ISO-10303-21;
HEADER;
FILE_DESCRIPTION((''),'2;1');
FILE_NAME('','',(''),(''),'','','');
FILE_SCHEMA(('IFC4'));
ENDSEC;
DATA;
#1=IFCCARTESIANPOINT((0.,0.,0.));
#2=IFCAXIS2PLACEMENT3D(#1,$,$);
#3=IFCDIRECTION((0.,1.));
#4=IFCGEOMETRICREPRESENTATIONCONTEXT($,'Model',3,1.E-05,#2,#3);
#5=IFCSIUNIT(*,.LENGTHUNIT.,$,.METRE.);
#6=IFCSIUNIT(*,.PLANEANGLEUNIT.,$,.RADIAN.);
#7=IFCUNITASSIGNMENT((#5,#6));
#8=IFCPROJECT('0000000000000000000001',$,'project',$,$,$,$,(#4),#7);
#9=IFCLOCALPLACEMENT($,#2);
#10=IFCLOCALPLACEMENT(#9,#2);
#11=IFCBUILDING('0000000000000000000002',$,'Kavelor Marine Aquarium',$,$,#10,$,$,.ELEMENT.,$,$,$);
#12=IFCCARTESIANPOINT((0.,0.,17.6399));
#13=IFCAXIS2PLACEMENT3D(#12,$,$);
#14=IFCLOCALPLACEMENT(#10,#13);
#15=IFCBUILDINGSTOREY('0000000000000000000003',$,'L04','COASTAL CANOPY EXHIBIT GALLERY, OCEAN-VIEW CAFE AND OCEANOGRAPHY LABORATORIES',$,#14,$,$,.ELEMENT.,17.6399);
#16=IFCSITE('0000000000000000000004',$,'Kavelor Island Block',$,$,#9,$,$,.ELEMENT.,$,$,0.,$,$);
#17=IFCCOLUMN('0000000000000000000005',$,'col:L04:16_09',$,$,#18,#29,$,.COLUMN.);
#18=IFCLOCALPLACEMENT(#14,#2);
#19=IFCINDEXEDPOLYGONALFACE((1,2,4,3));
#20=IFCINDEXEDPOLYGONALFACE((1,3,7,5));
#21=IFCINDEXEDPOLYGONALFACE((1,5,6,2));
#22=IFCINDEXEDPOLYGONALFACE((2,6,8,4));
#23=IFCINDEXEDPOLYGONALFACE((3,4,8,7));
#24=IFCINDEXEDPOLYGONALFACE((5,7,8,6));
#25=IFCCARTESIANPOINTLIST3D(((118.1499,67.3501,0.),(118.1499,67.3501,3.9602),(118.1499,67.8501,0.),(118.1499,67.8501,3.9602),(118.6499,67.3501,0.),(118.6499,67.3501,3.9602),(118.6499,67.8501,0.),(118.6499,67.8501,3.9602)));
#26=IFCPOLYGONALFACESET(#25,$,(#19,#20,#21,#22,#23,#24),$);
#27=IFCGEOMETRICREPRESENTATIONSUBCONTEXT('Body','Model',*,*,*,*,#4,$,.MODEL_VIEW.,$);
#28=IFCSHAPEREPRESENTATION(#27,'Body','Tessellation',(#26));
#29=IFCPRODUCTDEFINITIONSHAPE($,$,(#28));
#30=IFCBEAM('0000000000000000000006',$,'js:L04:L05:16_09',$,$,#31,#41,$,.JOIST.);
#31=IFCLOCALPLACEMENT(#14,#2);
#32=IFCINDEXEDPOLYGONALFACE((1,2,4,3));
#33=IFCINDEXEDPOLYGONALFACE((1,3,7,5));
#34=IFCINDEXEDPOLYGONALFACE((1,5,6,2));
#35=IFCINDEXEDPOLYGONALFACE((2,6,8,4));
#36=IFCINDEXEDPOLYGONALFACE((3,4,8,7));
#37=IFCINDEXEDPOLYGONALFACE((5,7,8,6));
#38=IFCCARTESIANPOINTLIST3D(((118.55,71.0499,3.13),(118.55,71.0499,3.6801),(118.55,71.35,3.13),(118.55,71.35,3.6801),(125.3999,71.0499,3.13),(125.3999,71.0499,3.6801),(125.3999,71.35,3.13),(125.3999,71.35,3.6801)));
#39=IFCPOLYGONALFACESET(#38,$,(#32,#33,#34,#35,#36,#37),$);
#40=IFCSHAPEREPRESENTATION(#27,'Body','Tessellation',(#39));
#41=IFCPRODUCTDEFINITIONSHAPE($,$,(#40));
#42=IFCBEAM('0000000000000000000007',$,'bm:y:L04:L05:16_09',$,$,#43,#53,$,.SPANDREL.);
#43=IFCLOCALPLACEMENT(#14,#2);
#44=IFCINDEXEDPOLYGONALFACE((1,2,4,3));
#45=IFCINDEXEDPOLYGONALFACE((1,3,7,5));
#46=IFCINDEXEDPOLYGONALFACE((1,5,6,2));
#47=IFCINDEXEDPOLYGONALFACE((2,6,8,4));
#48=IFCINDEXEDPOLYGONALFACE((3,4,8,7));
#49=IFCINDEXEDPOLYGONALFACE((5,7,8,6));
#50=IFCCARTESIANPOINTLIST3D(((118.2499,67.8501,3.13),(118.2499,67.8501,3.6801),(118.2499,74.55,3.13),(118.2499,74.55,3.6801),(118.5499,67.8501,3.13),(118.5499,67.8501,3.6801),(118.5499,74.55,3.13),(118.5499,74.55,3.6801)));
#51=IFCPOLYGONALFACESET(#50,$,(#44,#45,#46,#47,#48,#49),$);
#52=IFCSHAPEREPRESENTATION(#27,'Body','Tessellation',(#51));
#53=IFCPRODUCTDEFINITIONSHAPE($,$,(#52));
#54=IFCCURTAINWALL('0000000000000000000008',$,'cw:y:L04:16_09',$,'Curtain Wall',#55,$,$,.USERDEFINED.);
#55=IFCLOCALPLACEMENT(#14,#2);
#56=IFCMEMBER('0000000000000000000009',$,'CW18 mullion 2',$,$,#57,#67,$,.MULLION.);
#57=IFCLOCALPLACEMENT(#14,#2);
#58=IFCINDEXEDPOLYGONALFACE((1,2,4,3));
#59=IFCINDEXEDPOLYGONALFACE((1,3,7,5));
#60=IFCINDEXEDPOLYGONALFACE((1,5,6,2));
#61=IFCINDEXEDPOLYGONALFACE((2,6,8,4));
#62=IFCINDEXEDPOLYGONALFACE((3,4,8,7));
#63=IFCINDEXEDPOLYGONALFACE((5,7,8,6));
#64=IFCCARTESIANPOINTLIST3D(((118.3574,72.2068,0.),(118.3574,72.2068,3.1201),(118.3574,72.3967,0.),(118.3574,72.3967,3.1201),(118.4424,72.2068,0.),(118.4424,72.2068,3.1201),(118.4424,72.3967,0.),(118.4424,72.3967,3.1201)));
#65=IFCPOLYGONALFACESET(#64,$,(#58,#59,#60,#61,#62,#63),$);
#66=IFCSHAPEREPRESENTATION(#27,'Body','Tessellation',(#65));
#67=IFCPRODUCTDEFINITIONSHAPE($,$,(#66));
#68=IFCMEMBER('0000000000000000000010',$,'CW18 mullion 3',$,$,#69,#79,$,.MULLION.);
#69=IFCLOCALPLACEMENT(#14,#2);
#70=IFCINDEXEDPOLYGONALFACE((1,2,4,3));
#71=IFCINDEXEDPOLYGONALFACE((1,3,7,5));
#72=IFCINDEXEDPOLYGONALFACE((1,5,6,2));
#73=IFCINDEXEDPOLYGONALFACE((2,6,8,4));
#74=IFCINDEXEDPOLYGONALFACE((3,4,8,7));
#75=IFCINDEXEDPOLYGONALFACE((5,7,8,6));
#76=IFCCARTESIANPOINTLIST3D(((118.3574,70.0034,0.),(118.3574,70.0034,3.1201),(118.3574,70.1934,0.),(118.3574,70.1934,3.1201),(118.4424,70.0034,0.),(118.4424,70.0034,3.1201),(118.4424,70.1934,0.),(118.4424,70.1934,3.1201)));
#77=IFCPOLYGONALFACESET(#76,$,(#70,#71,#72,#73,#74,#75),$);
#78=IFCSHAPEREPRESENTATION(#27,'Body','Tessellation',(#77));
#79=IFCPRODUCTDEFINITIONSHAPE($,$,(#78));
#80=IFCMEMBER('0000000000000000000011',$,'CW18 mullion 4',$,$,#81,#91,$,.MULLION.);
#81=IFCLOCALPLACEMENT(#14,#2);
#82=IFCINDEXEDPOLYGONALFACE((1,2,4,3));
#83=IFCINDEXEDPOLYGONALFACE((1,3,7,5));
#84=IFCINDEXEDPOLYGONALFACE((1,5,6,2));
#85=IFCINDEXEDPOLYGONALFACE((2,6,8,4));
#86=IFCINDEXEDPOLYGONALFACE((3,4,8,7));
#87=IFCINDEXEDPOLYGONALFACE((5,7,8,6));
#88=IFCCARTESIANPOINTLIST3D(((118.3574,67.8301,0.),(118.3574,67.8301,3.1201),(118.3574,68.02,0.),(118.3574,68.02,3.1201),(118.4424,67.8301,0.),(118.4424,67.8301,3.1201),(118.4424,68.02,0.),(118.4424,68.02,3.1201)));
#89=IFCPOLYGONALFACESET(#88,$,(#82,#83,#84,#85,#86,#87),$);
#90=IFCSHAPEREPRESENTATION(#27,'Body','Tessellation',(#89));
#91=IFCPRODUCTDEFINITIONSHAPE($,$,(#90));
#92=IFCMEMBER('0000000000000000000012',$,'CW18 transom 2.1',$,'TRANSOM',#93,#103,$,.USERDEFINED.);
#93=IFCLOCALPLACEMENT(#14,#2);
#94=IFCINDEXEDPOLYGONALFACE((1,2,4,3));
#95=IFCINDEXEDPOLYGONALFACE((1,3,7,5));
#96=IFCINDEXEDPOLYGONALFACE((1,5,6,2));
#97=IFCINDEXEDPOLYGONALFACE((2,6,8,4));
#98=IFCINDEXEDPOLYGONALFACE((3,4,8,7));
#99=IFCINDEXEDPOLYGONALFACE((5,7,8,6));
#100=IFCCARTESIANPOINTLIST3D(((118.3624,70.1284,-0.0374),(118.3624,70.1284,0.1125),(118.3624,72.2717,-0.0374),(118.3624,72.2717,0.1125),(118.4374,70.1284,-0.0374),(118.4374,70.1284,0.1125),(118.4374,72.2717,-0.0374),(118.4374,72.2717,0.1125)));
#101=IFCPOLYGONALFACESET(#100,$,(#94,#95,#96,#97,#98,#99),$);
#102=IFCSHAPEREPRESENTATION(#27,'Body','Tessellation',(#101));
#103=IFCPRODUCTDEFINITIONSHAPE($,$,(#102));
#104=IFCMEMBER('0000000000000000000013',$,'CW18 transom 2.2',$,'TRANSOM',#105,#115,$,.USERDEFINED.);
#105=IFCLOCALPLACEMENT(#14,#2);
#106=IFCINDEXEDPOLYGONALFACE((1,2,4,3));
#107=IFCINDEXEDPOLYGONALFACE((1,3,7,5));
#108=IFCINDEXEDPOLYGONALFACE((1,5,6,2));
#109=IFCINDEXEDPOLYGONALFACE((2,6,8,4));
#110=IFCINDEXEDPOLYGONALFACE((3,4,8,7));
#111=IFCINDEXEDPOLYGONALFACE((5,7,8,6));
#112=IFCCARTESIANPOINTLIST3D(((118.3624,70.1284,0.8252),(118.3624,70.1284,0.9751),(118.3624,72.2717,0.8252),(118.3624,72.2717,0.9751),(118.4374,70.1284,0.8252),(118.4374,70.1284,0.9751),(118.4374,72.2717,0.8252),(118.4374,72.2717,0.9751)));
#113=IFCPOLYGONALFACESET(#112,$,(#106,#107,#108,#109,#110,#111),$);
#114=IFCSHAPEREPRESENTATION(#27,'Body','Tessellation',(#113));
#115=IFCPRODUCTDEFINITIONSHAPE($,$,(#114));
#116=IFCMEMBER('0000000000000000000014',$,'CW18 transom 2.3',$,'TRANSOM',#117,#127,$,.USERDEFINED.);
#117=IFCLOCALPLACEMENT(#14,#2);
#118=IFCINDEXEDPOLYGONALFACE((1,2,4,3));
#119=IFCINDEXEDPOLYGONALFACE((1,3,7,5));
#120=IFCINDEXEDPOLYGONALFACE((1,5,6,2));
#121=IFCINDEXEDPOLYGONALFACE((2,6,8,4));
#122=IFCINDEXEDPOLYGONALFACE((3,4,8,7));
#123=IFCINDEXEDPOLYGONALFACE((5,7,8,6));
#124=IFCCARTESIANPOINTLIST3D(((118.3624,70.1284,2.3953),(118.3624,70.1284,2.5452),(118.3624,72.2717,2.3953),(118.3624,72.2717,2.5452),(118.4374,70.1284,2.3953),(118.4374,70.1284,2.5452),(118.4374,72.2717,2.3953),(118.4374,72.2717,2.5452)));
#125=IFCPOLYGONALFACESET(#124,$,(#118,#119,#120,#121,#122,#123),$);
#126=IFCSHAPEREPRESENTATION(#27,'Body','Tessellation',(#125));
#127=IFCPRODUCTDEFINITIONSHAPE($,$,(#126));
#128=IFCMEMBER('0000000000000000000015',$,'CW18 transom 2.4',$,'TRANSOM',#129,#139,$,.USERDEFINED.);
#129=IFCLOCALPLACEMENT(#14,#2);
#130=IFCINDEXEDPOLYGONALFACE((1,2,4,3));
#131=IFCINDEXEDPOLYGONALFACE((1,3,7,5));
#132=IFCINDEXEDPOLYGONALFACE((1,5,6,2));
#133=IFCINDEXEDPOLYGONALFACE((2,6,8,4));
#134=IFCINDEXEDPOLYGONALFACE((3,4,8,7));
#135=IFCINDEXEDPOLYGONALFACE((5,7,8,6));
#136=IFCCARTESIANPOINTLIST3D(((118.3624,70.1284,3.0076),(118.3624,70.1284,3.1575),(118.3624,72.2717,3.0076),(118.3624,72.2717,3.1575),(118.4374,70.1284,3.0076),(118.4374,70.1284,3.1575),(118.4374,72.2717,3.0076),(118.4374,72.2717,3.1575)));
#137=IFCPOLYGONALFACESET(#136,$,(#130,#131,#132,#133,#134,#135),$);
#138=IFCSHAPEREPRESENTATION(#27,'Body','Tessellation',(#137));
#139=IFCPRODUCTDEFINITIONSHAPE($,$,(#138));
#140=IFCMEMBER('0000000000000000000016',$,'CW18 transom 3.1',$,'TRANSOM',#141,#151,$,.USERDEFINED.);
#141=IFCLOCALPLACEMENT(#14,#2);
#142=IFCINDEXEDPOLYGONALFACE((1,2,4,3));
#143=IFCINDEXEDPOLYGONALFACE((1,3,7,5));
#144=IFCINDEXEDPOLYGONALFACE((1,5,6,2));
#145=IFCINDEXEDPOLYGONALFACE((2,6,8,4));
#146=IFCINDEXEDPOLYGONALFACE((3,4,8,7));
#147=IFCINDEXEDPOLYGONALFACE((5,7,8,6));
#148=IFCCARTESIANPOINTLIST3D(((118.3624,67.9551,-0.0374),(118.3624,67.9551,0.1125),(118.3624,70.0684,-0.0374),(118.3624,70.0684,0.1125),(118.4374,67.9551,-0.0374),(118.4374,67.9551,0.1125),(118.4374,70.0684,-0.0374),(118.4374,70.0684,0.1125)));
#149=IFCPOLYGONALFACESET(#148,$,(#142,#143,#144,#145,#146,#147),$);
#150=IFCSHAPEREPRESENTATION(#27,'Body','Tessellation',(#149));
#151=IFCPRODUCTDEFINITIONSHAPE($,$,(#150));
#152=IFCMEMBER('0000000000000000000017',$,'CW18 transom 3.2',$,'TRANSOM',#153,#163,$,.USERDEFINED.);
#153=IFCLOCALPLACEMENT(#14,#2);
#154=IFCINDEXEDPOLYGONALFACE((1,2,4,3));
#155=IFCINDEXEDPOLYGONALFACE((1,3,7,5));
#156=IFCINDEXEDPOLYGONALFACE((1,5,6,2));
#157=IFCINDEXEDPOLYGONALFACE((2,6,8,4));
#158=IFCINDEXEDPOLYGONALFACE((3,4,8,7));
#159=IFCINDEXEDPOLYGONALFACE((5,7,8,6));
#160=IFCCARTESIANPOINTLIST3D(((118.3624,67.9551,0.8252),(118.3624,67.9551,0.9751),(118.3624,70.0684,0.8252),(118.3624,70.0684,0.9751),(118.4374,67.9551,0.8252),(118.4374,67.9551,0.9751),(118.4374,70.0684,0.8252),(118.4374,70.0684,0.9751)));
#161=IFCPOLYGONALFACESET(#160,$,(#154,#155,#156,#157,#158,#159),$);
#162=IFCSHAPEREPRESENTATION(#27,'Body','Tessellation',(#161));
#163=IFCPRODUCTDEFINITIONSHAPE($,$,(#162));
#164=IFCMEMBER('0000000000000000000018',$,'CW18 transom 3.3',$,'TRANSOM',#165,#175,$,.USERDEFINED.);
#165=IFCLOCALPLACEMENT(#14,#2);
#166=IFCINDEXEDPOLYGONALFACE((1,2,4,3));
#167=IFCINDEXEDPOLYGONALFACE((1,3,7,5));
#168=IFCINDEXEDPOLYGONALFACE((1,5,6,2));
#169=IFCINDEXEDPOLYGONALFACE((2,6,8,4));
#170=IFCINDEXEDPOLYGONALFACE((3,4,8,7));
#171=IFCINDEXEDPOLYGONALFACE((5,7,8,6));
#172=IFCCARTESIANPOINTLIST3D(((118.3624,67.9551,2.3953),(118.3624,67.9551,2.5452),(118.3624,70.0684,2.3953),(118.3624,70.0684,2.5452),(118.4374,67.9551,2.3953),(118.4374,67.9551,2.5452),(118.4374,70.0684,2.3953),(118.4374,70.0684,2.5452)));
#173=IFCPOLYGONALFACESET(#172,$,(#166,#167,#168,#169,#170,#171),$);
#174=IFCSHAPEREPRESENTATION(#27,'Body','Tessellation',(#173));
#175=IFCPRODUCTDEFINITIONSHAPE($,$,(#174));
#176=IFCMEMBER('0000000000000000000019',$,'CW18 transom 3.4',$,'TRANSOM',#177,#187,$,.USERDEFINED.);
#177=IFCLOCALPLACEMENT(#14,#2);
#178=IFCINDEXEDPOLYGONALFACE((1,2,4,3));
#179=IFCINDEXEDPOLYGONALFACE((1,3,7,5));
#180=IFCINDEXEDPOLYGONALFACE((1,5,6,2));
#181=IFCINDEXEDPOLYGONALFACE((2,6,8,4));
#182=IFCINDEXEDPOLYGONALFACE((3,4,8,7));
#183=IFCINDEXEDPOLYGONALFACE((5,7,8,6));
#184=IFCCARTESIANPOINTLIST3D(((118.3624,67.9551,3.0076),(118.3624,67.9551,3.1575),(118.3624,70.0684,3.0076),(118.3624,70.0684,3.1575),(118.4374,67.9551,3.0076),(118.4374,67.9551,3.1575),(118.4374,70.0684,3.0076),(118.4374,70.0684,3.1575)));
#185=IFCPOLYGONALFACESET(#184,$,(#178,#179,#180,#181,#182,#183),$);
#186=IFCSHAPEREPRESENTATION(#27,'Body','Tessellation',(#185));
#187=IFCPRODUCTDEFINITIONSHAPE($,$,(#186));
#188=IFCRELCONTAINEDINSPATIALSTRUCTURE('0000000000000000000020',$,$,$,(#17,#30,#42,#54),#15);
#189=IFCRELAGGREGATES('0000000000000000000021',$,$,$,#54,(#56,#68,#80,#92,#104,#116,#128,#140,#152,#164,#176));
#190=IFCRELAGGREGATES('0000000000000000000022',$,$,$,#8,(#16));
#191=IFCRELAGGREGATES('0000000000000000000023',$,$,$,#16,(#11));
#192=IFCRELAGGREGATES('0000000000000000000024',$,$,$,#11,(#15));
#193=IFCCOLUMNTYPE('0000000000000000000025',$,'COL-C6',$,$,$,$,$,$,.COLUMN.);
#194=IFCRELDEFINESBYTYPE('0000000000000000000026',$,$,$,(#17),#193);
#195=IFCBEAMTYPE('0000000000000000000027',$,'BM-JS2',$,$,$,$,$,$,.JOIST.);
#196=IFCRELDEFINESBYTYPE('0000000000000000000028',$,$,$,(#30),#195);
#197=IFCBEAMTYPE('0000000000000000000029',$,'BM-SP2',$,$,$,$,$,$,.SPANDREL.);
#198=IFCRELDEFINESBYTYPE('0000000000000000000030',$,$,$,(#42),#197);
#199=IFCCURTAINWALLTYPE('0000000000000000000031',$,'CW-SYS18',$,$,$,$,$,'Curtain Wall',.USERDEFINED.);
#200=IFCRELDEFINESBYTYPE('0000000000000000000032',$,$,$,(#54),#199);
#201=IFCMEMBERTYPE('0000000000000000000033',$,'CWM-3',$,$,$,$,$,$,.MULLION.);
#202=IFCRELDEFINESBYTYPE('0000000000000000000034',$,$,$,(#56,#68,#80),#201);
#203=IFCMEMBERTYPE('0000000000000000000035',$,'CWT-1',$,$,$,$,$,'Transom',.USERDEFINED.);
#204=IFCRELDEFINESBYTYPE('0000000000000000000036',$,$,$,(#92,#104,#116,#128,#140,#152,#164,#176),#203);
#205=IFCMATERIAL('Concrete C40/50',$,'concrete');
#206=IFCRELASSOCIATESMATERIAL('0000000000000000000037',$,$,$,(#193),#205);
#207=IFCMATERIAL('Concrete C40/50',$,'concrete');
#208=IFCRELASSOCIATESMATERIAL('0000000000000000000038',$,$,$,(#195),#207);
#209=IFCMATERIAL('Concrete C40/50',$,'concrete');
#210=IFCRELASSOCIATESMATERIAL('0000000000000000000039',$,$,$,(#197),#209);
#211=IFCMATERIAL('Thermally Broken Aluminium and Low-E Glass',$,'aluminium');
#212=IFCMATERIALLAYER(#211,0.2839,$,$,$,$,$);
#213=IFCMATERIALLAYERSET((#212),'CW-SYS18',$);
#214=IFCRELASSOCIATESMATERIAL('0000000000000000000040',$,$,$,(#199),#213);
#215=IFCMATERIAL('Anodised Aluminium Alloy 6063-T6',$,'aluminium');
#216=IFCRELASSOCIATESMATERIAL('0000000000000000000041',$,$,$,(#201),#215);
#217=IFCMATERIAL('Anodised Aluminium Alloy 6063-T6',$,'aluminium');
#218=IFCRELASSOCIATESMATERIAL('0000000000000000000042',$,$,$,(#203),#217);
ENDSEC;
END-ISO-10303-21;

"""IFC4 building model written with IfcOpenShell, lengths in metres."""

from ifc_helpers import new_model, si_unit, direction, frame, origin, origin_2d, place, context, subcontext, project, spatial, rectangle, extrude, material, layer, layer_set, material_profile, profile_set, type_object, element, aggregate, save


model = new_model("IFC4")

# Units and contexts
model_context = context("Model", 3, precision=1e-05, world=origin(), true_north=direction((0.0, 1.0)))
body_context = subcontext(model_context, "Body", "Model", "MODEL_VIEW")
ifc_project = project(units=[si_unit("LENGTHUNIT", "METRE"), si_unit("PLANEANGLEUNIT", "RADIAN")], contexts=[model_context])

# Site, building, storey
site_placement = place(None, origin())
site = spatial("IfcSite", under=ifc_project, at=site_placement, Name="Kavelor Island Block", CompositionType="ELEMENT", RefElevation=0.0)
building_placement = place(site_placement, origin())
building = spatial("IfcBuilding", under=site, at=building_placement, Name="Kavelor Marine Aquarium", CompositionType="ELEMENT")
storey_placement = place(building_placement, frame((0.0, 0.0, 17.6399)))
storey = spatial("IfcBuildingStorey", under=building, at=storey_placement, Name="L04", Description="COASTAL CANOPY EXHIBIT GALLERY, OCEAN-VIEW CAFE AND OCEANOGRAPHY LABORATORIES", CompositionType="ELEMENT", Elevation=17.6399)

# Column
ifc_material_1 = material(Name="Concrete C40/50", Category="concrete")
ifc_material_profile_1 = material_profile(ifc_material_1, rectangle(XDim=0.5, YDim=0.5, at=origin_2d()), Name="RC-COL 500x500")
ifc_profile_set_1 = profile_set([ifc_material_profile_1], Name="Concrete C40/50")
column_type = type_object("IfcColumnType", Name="COL-C6", PredefinedType="COLUMN", material=ifc_profile_set_1)
column_placement = place(storey_placement, frame((118.3999, 67.6001, 0.0), z_axis=(0.0, 0.0, 1.0), x_axis=(1.0, 0.0, 0.0)))
element("IfcColumn", 1, at=column_placement, inside=storey, type_object=column_type, Name="col:L04:16_09", PredefinedType="COLUMN", context=body_context, shape_type="SweptSolid", body=[
    extrude(rectangle(XDim=0.5, YDim=0.5, at=origin_2d()), origin(), (0.0, 0.0, 1.0), 3.9602),
])

# Beams
ifc_material_2 = material(Name="Concrete C40/50", Category="concrete")
ifc_material_profile_2 = material_profile(ifc_material_2, rectangle(XDim=0.3, YDim=0.55, at=origin_2d()), Name="RC-JS 300x550")
ifc_profile_set_2 = profile_set([ifc_material_profile_2], Name="Concrete C40/50")
beam_type_1 = type_object("IfcBeamType", Name="BM-JS2", PredefinedType="JOIST", material=ifc_profile_set_2)
beam_1_placement = place(storey_placement, frame((118.55, 71.2, 3.405), z_axis=(1.0, 0.0, 0.0), x_axis=(0.0, 1.0, 0.0)))
element("IfcBeam", 2, at=beam_1_placement, inside=storey, type_object=beam_type_1, Name="js:L04:L05:16_09", PredefinedType="JOIST", context=body_context, shape_type="SweptSolid", body=[
    extrude(rectangle(XDim=0.3, YDim=0.55, at=origin_2d()), origin(), (0.0, 0.0, 1.0), 6.8499),
])
ifc_material_3 = material(Name="Concrete C40/50", Category="concrete")
ifc_material_profile_3 = material_profile(ifc_material_3, rectangle(XDim=0.3, YDim=0.55, at=origin_2d()), Name="RC-SP 300x550")
ifc_profile_set_3 = profile_set([ifc_material_profile_3], Name="Concrete C40/50")
beam_type_2 = type_object("IfcBeamType", Name="BM-SP2", PredefinedType="SPANDREL", material=ifc_profile_set_3)
beam_2_placement = place(storey_placement, frame((118.3999, 67.8501, 3.405), z_axis=(0.0, 1.0, 0.0), x_axis=(-1.0, 0.0, 0.0)))
element("IfcBeam", 3, at=beam_2_placement, inside=storey, type_object=beam_type_2, Name="bm:y:L04:L05:16_09", PredefinedType="SPANDREL", context=body_context, shape_type="SweptSolid", body=[
    extrude(rectangle(XDim=0.3, YDim=0.55, at=origin_2d()), origin(), (0.0, 0.0, 1.0), 6.7),
])

# Curtain wall, members
ifc_material_4 = material(Name="Thermally Broken Aluminium and Low-E Glass", Category="aluminium")
ifc_layer_1 = layer(ifc_material_4, 0.2839)
ifc_layer_set_1 = layer_set([ifc_layer_1], Name="CW-SYS18")
curtain_wall_type = type_object("IfcCurtainWallType", Name="CW-SYS18", ElementType="Curtain Wall", PredefinedType="USERDEFINED", material=ifc_layer_set_1)
curtain_wall_placement = place(storey_placement, origin())
curtain_wall = element("IfcCurtainWall", 4, at=curtain_wall_placement, inside=storey, type_object=curtain_wall_type, Name="cw:y:L04:16_09", ObjectType="Curtain Wall", PredefinedType="USERDEFINED")
ifc_material_5 = material(Name="Anodised Aluminium Alloy 6063-T6", Category="aluminium")
ifc_material_profile_4 = material_profile(ifc_material_5, rectangle(XDim=0.085, YDim=0.1899, at=origin_2d()), Name="CW-MUL 85x190")
ifc_profile_set_4 = profile_set([ifc_material_profile_4], Name="Anodised Aluminium Alloy 6063-T6")
member_type_1 = type_object("IfcMemberType", Name="CWM-3", PredefinedType="MULLION", material=ifc_profile_set_4)
member_1_placement = place(storey_placement, frame((118.3999, 72.3018, 0.0), z_axis=(0.0, 0.0, 1.0), x_axis=(1.0, 0.0, 0.0)))
member_1 = element("IfcMember", 5, at=member_1_placement, type_object=member_type_1, Name="CW18 mullion 2", PredefinedType="MULLION", context=body_context, shape_type="SweptSolid", body=[
    extrude(rectangle(XDim=0.085, YDim=0.1899, at=origin_2d()), origin(), (0.0, 0.0, 1.0), 3.1201),
])
member_2_placement = place(storey_placement, frame((118.3999, 70.0984, 0.0), z_axis=(0.0, 0.0, 1.0), x_axis=(1.0, 0.0, 0.0)))
member_2 = element("IfcMember", 6, at=member_2_placement, type_object=member_type_1, Name="CW18 mullion 3", PredefinedType="MULLION", context=body_context, shape_type="SweptSolid", body=[
    extrude(rectangle(XDim=0.085, YDim=0.1899, at=origin_2d()), origin(), (0.0, 0.0, 1.0), 3.1201),
])
member_3_placement = place(storey_placement, frame((118.3999, 67.925, 0.0), z_axis=(0.0, 0.0, 1.0), x_axis=(1.0, 0.0, 0.0)))
member_3 = element("IfcMember", 7, at=member_3_placement, type_object=member_type_1, Name="CW18 mullion 4", PredefinedType="MULLION", context=body_context, shape_type="SweptSolid", body=[
    extrude(rectangle(XDim=0.085, YDim=0.1899, at=origin_2d()), origin(), (0.0, 0.0, 1.0), 3.1201),
])
ifc_material_6 = material(Name="Anodised Aluminium Alloy 6063-T6", Category="aluminium")
ifc_material_profile_5 = material_profile(ifc_material_6, rectangle(XDim=0.075, YDim=0.1499, at=origin_2d()), Name="CW-TRN 75x150")
ifc_profile_set_5 = profile_set([ifc_material_profile_5], Name="Anodised Aluminium Alloy 6063-T6")
member_type_2 = type_object("IfcMemberType", Name="CWT-1", ElementType="Transom", PredefinedType="USERDEFINED", material=ifc_profile_set_5)
member_4_placement = place(storey_placement, frame((118.3999, 72.2717, 0.0376), z_axis=(0.0, -1.0, 0.0), x_axis=(1.0, 0.0, 0.0)))
member_4 = element("IfcMember", 8, at=member_4_placement, type_object=member_type_2, Name="CW18 transom 2.1", ObjectType="TRANSOM", PredefinedType="USERDEFINED", context=body_context, shape_type="SweptSolid", body=[
    extrude(rectangle(XDim=0.075, YDim=0.1499, at=origin_2d()), origin(), (0.0, 0.0, 1.0), 2.1433),
])
member_5_placement = place(storey_placement, frame((118.3999, 72.2717, 0.9001), z_axis=(0.0, -1.0, 0.0), x_axis=(1.0, 0.0, 0.0)))
member_5 = element("IfcMember", 9, at=member_5_placement, type_object=member_type_2, Name="CW18 transom 2.2", ObjectType="TRANSOM", PredefinedType="USERDEFINED", context=body_context, shape_type="SweptSolid", body=[
    extrude(rectangle(XDim=0.075, YDim=0.1499, at=origin_2d()), origin(), (0.0, 0.0, 1.0), 2.1433),
])
member_6_placement = place(storey_placement, frame((118.3999, 72.2717, 2.4702), z_axis=(0.0, -1.0, 0.0), x_axis=(1.0, 0.0, 0.0)))
member_6 = element("IfcMember", 10, at=member_6_placement, type_object=member_type_2, Name="CW18 transom 2.3", ObjectType="TRANSOM", PredefinedType="USERDEFINED", context=body_context, shape_type="SweptSolid", body=[
    extrude(rectangle(XDim=0.075, YDim=0.1499, at=origin_2d()), origin(), (0.0, 0.0, 1.0), 2.1433),
])
member_7_placement = place(storey_placement, frame((118.3999, 72.2717, 3.0825), z_axis=(0.0, -1.0, 0.0), x_axis=(1.0, 0.0, 0.0)))
member_7 = element("IfcMember", 11, at=member_7_placement, type_object=member_type_2, Name="CW18 transom 2.4", ObjectType="TRANSOM", PredefinedType="USERDEFINED", context=body_context, shape_type="SweptSolid", body=[
    extrude(rectangle(XDim=0.075, YDim=0.1499, at=origin_2d()), origin(), (0.0, 0.0, 1.0), 2.1433),
])
member_8_placement = place(storey_placement, frame((118.3999, 70.0684, 0.0376), z_axis=(0.0, -1.0, 0.0), x_axis=(1.0, 0.0, 0.0)))
member_8 = element("IfcMember", 12, at=member_8_placement, type_object=member_type_2, Name="CW18 transom 3.1", ObjectType="TRANSOM", PredefinedType="USERDEFINED", context=body_context, shape_type="SweptSolid", body=[
    extrude(rectangle(XDim=0.075, YDim=0.1499, at=origin_2d()), origin(), (0.0, 0.0, 1.0), 2.1133),
])
member_9_placement = place(storey_placement, frame((118.3999, 70.0684, 0.9001), z_axis=(0.0, -1.0, 0.0), x_axis=(1.0, 0.0, 0.0)))
member_9 = element("IfcMember", 13, at=member_9_placement, type_object=member_type_2, Name="CW18 transom 3.2", ObjectType="TRANSOM", PredefinedType="USERDEFINED", context=body_context, shape_type="SweptSolid", body=[
    extrude(rectangle(XDim=0.075, YDim=0.1499, at=origin_2d()), origin(), (0.0, 0.0, 1.0), 2.1133),
])
member_10_placement = place(storey_placement, frame((118.3999, 70.0684, 2.4702), z_axis=(0.0, -1.0, 0.0), x_axis=(1.0, 0.0, 0.0)))
member_10 = element("IfcMember", 14, at=member_10_placement, type_object=member_type_2, Name="CW18 transom 3.3", ObjectType="TRANSOM", PredefinedType="USERDEFINED", context=body_context, shape_type="SweptSolid", body=[
    extrude(rectangle(XDim=0.075, YDim=0.1499, at=origin_2d()), origin(), (0.0, 0.0, 1.0), 2.1133),
])
member_11_placement = place(storey_placement, frame((118.3999, 70.0684, 3.0825), z_axis=(0.0, -1.0, 0.0), x_axis=(1.0, 0.0, 0.0)))
member_11 = element("IfcMember", 15, at=member_11_placement, type_object=member_type_2, Name="CW18 transom 3.4", ObjectType="TRANSOM", PredefinedType="USERDEFINED", context=body_context, shape_type="SweptSolid", body=[
    extrude(rectangle(XDim=0.075, YDim=0.1499, at=origin_2d()), origin(), (0.0, 0.0, 1.0), 2.1133),
])
aggregate(curtain_wall, [member_1, member_2, member_3, member_4, member_5, member_6, member_7, member_8, member_9, member_10, member_11])

save(model, "model.ifc")
